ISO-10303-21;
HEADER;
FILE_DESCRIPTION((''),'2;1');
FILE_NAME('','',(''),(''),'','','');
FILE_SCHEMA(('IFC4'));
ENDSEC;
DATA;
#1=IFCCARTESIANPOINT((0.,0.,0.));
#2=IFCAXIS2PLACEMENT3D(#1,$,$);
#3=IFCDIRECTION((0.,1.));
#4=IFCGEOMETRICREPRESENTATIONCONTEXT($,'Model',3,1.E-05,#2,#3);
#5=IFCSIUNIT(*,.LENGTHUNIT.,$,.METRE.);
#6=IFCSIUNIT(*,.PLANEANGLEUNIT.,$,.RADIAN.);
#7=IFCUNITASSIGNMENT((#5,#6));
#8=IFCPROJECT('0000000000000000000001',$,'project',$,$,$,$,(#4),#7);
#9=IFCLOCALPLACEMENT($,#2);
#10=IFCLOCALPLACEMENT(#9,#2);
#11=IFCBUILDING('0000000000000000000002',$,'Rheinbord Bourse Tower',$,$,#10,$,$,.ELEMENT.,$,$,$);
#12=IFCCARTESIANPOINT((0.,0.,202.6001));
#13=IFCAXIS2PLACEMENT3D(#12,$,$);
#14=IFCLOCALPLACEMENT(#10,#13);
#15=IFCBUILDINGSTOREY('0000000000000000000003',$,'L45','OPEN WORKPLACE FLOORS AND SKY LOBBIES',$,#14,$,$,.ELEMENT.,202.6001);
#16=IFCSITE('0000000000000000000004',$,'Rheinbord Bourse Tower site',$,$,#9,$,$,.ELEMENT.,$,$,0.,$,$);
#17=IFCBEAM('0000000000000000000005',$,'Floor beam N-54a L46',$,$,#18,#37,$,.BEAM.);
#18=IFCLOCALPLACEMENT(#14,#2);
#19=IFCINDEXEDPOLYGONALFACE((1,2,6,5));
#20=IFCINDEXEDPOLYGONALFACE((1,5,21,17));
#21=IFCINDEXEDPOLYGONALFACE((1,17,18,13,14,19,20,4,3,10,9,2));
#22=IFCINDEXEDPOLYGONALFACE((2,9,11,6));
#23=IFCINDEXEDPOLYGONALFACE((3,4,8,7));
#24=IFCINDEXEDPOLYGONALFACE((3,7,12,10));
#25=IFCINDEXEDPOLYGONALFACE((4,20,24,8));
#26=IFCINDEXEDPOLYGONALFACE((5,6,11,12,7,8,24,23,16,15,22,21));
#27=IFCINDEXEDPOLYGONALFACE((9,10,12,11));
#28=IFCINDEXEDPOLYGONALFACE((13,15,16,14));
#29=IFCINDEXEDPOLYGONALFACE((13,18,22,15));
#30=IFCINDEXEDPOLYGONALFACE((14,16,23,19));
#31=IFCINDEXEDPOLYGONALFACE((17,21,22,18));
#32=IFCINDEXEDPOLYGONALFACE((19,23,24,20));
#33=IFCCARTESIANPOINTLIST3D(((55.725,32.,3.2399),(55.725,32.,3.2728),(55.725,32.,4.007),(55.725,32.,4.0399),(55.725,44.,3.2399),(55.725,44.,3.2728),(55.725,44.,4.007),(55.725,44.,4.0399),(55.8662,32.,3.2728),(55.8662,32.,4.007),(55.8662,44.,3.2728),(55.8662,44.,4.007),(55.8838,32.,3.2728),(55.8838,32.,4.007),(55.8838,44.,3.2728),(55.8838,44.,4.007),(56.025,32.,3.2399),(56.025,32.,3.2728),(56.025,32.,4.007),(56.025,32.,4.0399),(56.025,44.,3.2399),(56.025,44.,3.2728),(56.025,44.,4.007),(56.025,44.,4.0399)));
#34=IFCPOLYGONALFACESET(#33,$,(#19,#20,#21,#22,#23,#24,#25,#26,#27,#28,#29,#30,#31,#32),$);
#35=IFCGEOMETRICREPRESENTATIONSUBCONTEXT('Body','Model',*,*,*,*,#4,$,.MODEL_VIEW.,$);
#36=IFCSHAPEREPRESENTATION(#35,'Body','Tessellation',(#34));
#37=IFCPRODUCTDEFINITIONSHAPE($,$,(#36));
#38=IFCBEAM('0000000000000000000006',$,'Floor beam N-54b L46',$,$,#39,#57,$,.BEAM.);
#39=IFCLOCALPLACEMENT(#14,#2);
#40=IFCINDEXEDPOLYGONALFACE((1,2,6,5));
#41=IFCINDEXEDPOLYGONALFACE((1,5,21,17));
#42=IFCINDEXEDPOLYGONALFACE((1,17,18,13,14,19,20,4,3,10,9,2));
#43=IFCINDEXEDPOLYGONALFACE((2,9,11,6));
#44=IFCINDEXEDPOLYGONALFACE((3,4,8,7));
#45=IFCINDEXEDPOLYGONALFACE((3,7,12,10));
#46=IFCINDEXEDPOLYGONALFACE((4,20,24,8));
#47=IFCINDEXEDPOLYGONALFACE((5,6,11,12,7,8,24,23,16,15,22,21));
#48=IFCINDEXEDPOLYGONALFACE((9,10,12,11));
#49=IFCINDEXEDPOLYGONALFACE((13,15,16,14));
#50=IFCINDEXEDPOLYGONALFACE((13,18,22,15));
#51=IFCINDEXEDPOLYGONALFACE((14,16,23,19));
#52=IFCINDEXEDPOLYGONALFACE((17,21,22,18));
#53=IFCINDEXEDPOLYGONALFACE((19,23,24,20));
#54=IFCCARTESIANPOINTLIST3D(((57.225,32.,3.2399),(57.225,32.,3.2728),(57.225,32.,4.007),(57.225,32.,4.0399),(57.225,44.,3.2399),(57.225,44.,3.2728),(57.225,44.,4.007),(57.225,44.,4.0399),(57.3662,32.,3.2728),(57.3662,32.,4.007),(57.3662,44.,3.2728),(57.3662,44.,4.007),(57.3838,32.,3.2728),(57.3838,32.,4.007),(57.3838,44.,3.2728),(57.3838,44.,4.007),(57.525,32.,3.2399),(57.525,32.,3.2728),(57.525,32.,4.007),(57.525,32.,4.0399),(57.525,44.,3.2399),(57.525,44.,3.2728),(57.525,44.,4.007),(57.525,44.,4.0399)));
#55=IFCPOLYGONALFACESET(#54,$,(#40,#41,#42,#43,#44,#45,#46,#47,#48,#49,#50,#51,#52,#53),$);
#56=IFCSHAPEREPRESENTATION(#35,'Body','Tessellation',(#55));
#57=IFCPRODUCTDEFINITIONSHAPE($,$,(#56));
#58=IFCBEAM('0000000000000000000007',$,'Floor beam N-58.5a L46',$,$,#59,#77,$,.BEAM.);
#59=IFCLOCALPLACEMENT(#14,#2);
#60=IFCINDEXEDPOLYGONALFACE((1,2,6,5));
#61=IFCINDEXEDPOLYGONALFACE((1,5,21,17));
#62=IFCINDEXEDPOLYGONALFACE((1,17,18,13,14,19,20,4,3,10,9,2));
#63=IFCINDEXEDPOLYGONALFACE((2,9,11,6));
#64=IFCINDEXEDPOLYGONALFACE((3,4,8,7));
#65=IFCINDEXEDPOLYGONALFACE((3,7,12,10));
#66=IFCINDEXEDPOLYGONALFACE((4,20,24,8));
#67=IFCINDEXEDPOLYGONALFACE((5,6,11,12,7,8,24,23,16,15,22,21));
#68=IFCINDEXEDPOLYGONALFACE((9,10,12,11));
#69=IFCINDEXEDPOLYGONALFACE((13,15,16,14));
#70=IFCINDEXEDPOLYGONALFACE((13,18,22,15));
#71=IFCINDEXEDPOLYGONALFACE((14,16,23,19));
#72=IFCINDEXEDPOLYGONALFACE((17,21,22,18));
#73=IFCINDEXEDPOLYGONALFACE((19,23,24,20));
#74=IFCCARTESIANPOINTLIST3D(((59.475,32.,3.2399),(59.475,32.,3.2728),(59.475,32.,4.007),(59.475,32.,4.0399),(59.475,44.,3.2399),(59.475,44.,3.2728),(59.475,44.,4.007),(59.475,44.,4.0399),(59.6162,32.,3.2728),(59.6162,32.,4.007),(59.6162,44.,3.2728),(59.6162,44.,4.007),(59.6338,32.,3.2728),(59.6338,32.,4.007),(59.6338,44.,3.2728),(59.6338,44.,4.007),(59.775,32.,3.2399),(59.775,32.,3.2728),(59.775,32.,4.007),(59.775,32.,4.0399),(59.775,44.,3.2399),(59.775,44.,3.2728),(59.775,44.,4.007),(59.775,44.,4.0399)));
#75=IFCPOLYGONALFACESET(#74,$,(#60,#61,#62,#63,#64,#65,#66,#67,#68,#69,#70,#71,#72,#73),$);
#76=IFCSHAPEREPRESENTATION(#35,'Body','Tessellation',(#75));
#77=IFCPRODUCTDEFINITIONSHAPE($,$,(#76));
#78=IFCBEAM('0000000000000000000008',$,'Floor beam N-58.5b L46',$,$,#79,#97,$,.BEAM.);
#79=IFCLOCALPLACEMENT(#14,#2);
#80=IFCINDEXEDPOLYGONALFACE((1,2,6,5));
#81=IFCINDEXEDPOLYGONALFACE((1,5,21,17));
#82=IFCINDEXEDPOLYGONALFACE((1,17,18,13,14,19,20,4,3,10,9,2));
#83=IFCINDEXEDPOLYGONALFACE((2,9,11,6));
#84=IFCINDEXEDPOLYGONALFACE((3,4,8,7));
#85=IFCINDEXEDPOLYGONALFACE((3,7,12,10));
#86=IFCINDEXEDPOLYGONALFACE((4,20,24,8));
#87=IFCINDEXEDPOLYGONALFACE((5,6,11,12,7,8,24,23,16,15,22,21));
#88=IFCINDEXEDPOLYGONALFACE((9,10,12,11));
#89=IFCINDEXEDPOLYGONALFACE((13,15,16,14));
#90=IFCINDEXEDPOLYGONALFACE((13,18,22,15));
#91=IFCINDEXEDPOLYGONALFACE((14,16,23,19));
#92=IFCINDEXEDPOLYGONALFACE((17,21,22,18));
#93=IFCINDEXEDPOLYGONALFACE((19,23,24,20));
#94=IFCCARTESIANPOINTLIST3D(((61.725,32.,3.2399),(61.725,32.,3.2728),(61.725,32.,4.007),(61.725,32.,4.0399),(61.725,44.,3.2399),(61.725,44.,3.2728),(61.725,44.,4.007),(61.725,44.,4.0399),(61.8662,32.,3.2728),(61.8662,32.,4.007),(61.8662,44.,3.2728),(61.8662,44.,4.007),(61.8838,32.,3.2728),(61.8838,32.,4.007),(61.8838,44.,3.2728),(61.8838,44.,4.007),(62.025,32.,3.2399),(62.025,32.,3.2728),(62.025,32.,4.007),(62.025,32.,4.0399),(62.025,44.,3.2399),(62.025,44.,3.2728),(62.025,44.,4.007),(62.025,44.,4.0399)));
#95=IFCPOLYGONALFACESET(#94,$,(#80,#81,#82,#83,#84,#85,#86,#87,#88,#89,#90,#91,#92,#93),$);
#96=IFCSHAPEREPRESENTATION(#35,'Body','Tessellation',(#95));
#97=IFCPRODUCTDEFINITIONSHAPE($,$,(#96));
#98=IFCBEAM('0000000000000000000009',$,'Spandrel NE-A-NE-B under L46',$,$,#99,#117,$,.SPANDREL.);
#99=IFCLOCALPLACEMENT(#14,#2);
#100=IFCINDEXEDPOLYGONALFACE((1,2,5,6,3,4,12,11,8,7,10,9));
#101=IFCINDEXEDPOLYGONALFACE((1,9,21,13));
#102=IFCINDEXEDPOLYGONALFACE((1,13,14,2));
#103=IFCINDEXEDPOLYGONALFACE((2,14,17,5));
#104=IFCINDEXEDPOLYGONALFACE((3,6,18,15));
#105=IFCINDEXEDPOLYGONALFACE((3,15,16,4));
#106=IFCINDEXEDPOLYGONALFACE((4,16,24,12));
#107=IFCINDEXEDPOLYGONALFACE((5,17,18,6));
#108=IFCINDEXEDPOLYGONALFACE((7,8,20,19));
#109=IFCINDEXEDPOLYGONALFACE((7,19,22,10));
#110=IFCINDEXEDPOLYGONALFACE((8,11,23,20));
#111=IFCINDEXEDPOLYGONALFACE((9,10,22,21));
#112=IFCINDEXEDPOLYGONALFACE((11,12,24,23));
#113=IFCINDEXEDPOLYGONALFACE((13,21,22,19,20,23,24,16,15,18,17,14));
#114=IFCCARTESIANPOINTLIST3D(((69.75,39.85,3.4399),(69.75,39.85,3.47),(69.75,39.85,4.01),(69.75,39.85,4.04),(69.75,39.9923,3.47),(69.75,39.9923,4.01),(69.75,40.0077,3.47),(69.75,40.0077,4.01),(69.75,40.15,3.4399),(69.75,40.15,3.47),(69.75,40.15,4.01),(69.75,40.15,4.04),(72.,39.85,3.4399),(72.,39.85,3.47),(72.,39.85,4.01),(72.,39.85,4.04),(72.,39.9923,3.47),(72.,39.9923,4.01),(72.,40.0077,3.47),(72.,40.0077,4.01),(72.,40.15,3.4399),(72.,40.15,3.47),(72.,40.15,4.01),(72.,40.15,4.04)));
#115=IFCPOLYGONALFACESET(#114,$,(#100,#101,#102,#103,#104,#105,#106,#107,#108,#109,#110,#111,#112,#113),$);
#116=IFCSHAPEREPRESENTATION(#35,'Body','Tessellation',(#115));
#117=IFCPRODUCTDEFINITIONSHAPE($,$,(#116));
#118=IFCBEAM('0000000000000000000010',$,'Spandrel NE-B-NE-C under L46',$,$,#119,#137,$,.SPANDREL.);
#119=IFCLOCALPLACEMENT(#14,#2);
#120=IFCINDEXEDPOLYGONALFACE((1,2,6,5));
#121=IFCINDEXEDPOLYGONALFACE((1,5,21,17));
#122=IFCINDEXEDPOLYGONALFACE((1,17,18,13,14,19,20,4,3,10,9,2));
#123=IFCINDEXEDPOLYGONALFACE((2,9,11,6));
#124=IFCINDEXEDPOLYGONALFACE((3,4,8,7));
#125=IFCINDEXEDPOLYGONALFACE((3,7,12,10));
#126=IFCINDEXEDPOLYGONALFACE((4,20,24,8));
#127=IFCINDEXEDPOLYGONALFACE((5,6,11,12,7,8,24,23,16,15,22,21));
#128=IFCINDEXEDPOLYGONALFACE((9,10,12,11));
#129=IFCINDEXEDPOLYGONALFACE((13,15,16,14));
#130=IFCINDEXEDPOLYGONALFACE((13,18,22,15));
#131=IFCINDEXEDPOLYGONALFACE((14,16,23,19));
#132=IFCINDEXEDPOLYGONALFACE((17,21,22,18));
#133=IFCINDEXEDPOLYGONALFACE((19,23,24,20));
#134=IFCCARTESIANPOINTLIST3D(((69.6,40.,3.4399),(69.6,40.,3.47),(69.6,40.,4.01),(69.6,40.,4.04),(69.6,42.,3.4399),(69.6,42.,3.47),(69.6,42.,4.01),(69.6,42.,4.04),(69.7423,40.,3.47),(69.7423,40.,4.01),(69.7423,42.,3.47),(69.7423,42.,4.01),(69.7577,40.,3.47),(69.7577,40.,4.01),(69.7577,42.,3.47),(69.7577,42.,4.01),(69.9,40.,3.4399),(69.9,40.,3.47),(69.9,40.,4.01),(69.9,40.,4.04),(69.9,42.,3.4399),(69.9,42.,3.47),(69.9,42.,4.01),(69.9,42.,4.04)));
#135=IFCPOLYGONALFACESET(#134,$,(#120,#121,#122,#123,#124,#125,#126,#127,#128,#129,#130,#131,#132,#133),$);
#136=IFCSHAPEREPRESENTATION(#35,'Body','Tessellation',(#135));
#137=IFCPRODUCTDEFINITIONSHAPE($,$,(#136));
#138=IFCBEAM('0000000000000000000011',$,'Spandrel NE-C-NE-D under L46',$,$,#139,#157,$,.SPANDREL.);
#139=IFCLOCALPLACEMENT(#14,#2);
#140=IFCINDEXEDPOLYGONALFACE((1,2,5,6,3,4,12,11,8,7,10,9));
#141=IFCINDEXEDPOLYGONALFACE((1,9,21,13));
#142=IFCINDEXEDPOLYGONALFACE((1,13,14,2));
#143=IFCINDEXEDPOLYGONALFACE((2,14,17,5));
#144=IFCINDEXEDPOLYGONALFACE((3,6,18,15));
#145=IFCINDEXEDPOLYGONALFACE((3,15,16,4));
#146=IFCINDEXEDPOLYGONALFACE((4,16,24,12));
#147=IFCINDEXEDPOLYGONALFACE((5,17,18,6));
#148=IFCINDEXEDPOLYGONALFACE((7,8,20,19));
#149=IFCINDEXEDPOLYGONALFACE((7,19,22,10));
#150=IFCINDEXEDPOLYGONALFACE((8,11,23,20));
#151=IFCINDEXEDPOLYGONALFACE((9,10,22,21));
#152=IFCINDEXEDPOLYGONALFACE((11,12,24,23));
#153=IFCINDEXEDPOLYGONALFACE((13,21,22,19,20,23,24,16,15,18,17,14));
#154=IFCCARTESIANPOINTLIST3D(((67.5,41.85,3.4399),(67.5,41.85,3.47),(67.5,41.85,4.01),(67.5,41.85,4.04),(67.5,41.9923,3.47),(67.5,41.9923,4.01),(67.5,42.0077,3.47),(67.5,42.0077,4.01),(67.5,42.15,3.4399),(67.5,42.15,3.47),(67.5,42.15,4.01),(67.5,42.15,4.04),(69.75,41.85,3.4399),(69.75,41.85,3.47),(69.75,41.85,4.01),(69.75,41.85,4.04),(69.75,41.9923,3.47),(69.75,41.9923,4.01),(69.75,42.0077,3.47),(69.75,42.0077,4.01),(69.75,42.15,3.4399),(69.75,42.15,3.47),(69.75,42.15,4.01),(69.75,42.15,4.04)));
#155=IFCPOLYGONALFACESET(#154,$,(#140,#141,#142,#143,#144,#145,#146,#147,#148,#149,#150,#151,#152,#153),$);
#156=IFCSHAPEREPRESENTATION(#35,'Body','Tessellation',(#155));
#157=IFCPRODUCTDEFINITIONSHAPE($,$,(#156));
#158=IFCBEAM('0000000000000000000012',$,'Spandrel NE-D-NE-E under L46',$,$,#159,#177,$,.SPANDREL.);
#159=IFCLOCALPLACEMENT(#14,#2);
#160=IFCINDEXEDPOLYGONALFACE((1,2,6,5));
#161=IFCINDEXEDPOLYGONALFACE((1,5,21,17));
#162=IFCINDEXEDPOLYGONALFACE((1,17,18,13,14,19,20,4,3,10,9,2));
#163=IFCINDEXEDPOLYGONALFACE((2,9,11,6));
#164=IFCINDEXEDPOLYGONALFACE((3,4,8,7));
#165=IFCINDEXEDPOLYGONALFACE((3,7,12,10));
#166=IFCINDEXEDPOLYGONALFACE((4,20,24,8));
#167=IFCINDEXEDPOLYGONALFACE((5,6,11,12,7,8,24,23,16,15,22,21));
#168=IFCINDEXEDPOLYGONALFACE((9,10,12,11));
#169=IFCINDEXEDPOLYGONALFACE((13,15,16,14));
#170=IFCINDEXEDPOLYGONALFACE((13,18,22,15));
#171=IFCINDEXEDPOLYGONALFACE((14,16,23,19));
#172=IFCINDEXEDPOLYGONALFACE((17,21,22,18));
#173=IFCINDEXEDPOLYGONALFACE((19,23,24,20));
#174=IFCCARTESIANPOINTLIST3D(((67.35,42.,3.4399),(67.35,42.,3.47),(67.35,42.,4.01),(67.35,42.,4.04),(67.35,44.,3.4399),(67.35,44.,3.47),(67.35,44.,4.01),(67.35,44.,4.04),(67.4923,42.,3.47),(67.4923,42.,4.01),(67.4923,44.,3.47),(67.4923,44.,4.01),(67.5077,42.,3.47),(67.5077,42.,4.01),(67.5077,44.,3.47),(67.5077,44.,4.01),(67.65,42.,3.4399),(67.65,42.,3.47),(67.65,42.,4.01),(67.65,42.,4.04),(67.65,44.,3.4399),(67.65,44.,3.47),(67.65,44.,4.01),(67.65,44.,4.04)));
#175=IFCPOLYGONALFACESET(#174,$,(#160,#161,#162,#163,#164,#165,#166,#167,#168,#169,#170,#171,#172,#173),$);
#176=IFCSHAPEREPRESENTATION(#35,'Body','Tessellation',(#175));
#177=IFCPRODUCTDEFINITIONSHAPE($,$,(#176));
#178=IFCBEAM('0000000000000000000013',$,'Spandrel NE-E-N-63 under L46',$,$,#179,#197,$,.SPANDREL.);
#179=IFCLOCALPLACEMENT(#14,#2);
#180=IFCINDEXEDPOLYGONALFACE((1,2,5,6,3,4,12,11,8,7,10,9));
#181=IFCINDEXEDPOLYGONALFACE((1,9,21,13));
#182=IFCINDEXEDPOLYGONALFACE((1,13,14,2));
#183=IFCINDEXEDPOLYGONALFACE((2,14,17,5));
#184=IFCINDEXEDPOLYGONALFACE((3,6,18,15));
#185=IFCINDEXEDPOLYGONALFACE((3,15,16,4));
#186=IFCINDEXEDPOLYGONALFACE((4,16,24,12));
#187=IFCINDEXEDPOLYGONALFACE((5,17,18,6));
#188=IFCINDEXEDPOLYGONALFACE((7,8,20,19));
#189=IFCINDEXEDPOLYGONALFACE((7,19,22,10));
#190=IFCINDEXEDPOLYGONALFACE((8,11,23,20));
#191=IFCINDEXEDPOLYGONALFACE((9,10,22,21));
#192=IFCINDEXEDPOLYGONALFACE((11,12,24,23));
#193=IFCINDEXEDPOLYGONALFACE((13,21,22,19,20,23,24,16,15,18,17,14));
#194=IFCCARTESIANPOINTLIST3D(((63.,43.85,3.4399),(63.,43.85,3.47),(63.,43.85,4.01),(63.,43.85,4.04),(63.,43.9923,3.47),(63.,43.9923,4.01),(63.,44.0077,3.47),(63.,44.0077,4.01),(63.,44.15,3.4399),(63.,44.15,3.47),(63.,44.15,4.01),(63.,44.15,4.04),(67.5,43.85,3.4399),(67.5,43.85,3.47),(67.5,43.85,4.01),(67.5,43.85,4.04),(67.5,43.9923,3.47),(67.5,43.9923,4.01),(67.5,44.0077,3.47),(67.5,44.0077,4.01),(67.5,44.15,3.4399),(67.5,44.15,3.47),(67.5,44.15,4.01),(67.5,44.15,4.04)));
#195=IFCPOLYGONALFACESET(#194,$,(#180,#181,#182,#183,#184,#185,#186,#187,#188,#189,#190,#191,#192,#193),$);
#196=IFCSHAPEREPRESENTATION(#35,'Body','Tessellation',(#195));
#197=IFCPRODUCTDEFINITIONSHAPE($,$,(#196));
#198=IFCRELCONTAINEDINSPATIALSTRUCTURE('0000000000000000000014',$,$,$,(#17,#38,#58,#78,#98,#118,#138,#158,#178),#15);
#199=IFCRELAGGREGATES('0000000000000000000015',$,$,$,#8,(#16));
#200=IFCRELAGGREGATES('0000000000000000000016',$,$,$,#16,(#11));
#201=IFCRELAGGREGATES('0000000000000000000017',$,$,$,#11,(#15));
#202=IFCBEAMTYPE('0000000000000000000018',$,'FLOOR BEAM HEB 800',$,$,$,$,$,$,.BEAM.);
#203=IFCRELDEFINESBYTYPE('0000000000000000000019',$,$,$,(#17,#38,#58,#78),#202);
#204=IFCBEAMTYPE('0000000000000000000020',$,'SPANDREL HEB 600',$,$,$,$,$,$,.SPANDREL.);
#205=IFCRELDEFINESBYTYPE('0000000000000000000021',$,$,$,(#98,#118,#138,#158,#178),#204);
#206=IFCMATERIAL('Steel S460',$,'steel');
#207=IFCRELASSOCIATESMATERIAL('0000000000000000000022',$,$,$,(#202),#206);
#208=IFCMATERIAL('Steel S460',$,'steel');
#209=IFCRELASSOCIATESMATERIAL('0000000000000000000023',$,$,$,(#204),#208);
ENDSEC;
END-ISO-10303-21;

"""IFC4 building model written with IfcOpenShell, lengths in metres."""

from ifc_helpers import new_model, si_unit, direction, frame, origin, origin_2d, place, context, subcontext, project, spatial, i_section, extrude, material, material_profile, profile_set, type_object, element, save


model = new_model("IFC4")

# Units and contexts
model_context = context("Model", 3, precision=1e-05, world=origin(), true_north=direction((0.0, 1.0)))
body_context = subcontext(model_context, "Body", "Model", "MODEL_VIEW")
ifc_project = project(units=[si_unit("LENGTHUNIT", "METRE"), si_unit("PLANEANGLEUNIT", "RADIAN")], contexts=[model_context])

# Site, building, storey
site_placement = place(None, origin())
site = spatial("IfcSite", under=ifc_project, at=site_placement, Name="Rheinbord Bourse Tower site", CompositionType="ELEMENT", RefElevation=0.0)
building_placement = place(site_placement, origin())
building = spatial("IfcBuilding", under=site, at=building_placement, Name="Rheinbord Bourse Tower", CompositionType="ELEMENT")
storey_placement = place(building_placement, frame((0.0, 0.0, 202.6001)))
storey = spatial("IfcBuildingStorey", under=building, at=storey_placement, Name="L45", Description="OPEN WORKPLACE FLOORS AND SKY LOBBIES", CompositionType="ELEMENT", Elevation=202.6001)

# Beams
ifc_material_1 = material(Name="Steel S460", Category="steel")
ifc_material_profile_1 = material_profile(ifc_material_1, i_section(OverallWidth=0.3, OverallDepth=0.8, WebThickness=0.0176, FlangeThickness=0.033, at=origin_2d()), Name="HEB 800")
ifc_profile_set_1 = profile_set([ifc_material_profile_1], Name="Steel S460")
beam_type_1 = type_object("IfcBeamType", Name="FLOOR BEAM HEB 800", PredefinedType="BEAM", material=ifc_profile_set_1)
for number, where, z_axis, x_axis, name in (
    (1, (55.875, 44.0, 3.6399), (0.0, -1.0, 0.0), (1.0, 0.0, 0.0), "Floor beam N-54a L46"),
    (2, (57.375, 44.0, 3.6399), (0.0, -1.0, 0.0), (1.0, 0.0, 0.0), "Floor beam N-54b L46"),
    (3, (59.625, 44.0, 3.6399), (0.0, -1.0, 0.0), (1.0, 0.0, 0.0), "Floor beam N-58.5a L46"),
    (4, (61.875, 44.0, 3.6399), (0.0, -1.0, 0.0), (1.0, 0.0, 0.0), "Floor beam N-58.5b L46"),
):
    element("IfcBeam", number, at=place(storey_placement, frame(where, z_axis=z_axis, x_axis=x_axis)), inside=storey, type_object=beam_type_1, Name=name, PredefinedType="BEAM", context=body_context, shape_type="SweptSolid", body=[
        extrude(i_section(OverallWidth=0.3, OverallDepth=0.8, WebThickness=0.0176, FlangeThickness=0.033, at=origin_2d()), origin(), (0.0, 0.0, 1.0), 12.0),
    ])
ifc_material_2 = material(Name="Steel S460", Category="steel")
ifc_material_profile_2 = material_profile(ifc_material_2, i_section(OverallWidth=0.3, OverallDepth=0.6001, WebThickness=0.0154, FlangeThickness=0.03, at=origin_2d()), Name="HEB 600")
ifc_profile_set_2 = profile_set([ifc_material_profile_2], Name="Steel S460")
beam_type_2 = type_object("IfcBeamType", Name="SPANDREL HEB 600", PredefinedType="SPANDREL", material=ifc_profile_set_2)
beam_1_placement = place(storey_placement, frame((72.0, 40.0, 3.74), z_axis=(-1.0, 0.0, 0.0), x_axis=(0.0, -1.0, 0.0)))
element("IfcBeam", 5, at=beam_1_placement, inside=storey, type_object=beam_type_2, Name="Spandrel NE-A-NE-B under L46", PredefinedType="SPANDREL", context=body_context, shape_type="SweptSolid", body=[
    extrude(i_section(OverallWidth=0.3, OverallDepth=0.6001, WebThickness=0.0154, FlangeThickness=0.03, at=origin_2d()), origin(), (0.0, 0.0, 1.0), 2.25),
])
beam_2_placement = place(storey_placement, frame((69.75, 40.0, 3.74), z_axis=(0.0, 1.0, 0.0), x_axis=(-1.0, 0.0, 0.0)))
element("IfcBeam", 6, at=beam_2_placement, inside=storey, type_object=beam_type_2, Name="Spandrel NE-B-NE-C under L46", PredefinedType="SPANDREL", context=body_context, shape_type="SweptSolid", body=[
    extrude(i_section(OverallWidth=0.3, OverallDepth=0.6001, WebThickness=0.0154, FlangeThickness=0.03, at=origin_2d()), origin(), (0.0, 0.0, 1.0), 2.0),
])
beam_3_placement = place(storey_placement, frame((69.75, 42.0, 3.74), z_axis=(-1.0, 0.0, 0.0), x_axis=(0.0, -1.0, 0.0)))
element("IfcBeam", 7, at=beam_3_placement, inside=storey, type_object=beam_type_2, Name="Spandrel NE-C-NE-D under L46", PredefinedType="SPANDREL", context=body_context, shape_type="SweptSolid", body=[
    extrude(i_section(OverallWidth=0.3, OverallDepth=0.6001, WebThickness=0.0154, FlangeThickness=0.03, at=origin_2d()), origin(), (0.0, 0.0, 1.0), 2.25),
])
beam_4_placement = place(storey_placement, frame((67.5, 42.0, 3.74), z_axis=(0.0, 1.0, 0.0), x_axis=(-1.0, 0.0, 0.0)))
element("IfcBeam", 8, at=beam_4_placement, inside=storey, type_object=beam_type_2, Name="Spandrel NE-D-NE-E under L46", PredefinedType="SPANDREL", context=body_context, shape_type="SweptSolid", body=[
    extrude(i_section(OverallWidth=0.3, OverallDepth=0.6001, WebThickness=0.0154, FlangeThickness=0.03, at=origin_2d()), origin(), (0.0, 0.0, 1.0), 2.0),
])
for number, where, z_axis, x_axis, name in (
    (9, (67.5, 44.0, 3.74), (-1.0, 0.0, 0.0), (0.0, -1.0, 0.0), "Spandrel NE-E-N-63 under L46"),
):
    element("IfcBeam", number, at=place(storey_placement, frame(where, z_axis=z_axis, x_axis=x_axis)), inside=storey, type_object=beam_type_2, Name=name, PredefinedType="SPANDREL", context=body_context, shape_type="SweptSolid", body=[
        extrude(i_section(OverallWidth=0.3, OverallDepth=0.6001, WebThickness=0.0154, FlangeThickness=0.03, at=origin_2d()), origin(), (0.0, 0.0, 1.0), 4.5),
    ])

save(model, "model.ifc")
